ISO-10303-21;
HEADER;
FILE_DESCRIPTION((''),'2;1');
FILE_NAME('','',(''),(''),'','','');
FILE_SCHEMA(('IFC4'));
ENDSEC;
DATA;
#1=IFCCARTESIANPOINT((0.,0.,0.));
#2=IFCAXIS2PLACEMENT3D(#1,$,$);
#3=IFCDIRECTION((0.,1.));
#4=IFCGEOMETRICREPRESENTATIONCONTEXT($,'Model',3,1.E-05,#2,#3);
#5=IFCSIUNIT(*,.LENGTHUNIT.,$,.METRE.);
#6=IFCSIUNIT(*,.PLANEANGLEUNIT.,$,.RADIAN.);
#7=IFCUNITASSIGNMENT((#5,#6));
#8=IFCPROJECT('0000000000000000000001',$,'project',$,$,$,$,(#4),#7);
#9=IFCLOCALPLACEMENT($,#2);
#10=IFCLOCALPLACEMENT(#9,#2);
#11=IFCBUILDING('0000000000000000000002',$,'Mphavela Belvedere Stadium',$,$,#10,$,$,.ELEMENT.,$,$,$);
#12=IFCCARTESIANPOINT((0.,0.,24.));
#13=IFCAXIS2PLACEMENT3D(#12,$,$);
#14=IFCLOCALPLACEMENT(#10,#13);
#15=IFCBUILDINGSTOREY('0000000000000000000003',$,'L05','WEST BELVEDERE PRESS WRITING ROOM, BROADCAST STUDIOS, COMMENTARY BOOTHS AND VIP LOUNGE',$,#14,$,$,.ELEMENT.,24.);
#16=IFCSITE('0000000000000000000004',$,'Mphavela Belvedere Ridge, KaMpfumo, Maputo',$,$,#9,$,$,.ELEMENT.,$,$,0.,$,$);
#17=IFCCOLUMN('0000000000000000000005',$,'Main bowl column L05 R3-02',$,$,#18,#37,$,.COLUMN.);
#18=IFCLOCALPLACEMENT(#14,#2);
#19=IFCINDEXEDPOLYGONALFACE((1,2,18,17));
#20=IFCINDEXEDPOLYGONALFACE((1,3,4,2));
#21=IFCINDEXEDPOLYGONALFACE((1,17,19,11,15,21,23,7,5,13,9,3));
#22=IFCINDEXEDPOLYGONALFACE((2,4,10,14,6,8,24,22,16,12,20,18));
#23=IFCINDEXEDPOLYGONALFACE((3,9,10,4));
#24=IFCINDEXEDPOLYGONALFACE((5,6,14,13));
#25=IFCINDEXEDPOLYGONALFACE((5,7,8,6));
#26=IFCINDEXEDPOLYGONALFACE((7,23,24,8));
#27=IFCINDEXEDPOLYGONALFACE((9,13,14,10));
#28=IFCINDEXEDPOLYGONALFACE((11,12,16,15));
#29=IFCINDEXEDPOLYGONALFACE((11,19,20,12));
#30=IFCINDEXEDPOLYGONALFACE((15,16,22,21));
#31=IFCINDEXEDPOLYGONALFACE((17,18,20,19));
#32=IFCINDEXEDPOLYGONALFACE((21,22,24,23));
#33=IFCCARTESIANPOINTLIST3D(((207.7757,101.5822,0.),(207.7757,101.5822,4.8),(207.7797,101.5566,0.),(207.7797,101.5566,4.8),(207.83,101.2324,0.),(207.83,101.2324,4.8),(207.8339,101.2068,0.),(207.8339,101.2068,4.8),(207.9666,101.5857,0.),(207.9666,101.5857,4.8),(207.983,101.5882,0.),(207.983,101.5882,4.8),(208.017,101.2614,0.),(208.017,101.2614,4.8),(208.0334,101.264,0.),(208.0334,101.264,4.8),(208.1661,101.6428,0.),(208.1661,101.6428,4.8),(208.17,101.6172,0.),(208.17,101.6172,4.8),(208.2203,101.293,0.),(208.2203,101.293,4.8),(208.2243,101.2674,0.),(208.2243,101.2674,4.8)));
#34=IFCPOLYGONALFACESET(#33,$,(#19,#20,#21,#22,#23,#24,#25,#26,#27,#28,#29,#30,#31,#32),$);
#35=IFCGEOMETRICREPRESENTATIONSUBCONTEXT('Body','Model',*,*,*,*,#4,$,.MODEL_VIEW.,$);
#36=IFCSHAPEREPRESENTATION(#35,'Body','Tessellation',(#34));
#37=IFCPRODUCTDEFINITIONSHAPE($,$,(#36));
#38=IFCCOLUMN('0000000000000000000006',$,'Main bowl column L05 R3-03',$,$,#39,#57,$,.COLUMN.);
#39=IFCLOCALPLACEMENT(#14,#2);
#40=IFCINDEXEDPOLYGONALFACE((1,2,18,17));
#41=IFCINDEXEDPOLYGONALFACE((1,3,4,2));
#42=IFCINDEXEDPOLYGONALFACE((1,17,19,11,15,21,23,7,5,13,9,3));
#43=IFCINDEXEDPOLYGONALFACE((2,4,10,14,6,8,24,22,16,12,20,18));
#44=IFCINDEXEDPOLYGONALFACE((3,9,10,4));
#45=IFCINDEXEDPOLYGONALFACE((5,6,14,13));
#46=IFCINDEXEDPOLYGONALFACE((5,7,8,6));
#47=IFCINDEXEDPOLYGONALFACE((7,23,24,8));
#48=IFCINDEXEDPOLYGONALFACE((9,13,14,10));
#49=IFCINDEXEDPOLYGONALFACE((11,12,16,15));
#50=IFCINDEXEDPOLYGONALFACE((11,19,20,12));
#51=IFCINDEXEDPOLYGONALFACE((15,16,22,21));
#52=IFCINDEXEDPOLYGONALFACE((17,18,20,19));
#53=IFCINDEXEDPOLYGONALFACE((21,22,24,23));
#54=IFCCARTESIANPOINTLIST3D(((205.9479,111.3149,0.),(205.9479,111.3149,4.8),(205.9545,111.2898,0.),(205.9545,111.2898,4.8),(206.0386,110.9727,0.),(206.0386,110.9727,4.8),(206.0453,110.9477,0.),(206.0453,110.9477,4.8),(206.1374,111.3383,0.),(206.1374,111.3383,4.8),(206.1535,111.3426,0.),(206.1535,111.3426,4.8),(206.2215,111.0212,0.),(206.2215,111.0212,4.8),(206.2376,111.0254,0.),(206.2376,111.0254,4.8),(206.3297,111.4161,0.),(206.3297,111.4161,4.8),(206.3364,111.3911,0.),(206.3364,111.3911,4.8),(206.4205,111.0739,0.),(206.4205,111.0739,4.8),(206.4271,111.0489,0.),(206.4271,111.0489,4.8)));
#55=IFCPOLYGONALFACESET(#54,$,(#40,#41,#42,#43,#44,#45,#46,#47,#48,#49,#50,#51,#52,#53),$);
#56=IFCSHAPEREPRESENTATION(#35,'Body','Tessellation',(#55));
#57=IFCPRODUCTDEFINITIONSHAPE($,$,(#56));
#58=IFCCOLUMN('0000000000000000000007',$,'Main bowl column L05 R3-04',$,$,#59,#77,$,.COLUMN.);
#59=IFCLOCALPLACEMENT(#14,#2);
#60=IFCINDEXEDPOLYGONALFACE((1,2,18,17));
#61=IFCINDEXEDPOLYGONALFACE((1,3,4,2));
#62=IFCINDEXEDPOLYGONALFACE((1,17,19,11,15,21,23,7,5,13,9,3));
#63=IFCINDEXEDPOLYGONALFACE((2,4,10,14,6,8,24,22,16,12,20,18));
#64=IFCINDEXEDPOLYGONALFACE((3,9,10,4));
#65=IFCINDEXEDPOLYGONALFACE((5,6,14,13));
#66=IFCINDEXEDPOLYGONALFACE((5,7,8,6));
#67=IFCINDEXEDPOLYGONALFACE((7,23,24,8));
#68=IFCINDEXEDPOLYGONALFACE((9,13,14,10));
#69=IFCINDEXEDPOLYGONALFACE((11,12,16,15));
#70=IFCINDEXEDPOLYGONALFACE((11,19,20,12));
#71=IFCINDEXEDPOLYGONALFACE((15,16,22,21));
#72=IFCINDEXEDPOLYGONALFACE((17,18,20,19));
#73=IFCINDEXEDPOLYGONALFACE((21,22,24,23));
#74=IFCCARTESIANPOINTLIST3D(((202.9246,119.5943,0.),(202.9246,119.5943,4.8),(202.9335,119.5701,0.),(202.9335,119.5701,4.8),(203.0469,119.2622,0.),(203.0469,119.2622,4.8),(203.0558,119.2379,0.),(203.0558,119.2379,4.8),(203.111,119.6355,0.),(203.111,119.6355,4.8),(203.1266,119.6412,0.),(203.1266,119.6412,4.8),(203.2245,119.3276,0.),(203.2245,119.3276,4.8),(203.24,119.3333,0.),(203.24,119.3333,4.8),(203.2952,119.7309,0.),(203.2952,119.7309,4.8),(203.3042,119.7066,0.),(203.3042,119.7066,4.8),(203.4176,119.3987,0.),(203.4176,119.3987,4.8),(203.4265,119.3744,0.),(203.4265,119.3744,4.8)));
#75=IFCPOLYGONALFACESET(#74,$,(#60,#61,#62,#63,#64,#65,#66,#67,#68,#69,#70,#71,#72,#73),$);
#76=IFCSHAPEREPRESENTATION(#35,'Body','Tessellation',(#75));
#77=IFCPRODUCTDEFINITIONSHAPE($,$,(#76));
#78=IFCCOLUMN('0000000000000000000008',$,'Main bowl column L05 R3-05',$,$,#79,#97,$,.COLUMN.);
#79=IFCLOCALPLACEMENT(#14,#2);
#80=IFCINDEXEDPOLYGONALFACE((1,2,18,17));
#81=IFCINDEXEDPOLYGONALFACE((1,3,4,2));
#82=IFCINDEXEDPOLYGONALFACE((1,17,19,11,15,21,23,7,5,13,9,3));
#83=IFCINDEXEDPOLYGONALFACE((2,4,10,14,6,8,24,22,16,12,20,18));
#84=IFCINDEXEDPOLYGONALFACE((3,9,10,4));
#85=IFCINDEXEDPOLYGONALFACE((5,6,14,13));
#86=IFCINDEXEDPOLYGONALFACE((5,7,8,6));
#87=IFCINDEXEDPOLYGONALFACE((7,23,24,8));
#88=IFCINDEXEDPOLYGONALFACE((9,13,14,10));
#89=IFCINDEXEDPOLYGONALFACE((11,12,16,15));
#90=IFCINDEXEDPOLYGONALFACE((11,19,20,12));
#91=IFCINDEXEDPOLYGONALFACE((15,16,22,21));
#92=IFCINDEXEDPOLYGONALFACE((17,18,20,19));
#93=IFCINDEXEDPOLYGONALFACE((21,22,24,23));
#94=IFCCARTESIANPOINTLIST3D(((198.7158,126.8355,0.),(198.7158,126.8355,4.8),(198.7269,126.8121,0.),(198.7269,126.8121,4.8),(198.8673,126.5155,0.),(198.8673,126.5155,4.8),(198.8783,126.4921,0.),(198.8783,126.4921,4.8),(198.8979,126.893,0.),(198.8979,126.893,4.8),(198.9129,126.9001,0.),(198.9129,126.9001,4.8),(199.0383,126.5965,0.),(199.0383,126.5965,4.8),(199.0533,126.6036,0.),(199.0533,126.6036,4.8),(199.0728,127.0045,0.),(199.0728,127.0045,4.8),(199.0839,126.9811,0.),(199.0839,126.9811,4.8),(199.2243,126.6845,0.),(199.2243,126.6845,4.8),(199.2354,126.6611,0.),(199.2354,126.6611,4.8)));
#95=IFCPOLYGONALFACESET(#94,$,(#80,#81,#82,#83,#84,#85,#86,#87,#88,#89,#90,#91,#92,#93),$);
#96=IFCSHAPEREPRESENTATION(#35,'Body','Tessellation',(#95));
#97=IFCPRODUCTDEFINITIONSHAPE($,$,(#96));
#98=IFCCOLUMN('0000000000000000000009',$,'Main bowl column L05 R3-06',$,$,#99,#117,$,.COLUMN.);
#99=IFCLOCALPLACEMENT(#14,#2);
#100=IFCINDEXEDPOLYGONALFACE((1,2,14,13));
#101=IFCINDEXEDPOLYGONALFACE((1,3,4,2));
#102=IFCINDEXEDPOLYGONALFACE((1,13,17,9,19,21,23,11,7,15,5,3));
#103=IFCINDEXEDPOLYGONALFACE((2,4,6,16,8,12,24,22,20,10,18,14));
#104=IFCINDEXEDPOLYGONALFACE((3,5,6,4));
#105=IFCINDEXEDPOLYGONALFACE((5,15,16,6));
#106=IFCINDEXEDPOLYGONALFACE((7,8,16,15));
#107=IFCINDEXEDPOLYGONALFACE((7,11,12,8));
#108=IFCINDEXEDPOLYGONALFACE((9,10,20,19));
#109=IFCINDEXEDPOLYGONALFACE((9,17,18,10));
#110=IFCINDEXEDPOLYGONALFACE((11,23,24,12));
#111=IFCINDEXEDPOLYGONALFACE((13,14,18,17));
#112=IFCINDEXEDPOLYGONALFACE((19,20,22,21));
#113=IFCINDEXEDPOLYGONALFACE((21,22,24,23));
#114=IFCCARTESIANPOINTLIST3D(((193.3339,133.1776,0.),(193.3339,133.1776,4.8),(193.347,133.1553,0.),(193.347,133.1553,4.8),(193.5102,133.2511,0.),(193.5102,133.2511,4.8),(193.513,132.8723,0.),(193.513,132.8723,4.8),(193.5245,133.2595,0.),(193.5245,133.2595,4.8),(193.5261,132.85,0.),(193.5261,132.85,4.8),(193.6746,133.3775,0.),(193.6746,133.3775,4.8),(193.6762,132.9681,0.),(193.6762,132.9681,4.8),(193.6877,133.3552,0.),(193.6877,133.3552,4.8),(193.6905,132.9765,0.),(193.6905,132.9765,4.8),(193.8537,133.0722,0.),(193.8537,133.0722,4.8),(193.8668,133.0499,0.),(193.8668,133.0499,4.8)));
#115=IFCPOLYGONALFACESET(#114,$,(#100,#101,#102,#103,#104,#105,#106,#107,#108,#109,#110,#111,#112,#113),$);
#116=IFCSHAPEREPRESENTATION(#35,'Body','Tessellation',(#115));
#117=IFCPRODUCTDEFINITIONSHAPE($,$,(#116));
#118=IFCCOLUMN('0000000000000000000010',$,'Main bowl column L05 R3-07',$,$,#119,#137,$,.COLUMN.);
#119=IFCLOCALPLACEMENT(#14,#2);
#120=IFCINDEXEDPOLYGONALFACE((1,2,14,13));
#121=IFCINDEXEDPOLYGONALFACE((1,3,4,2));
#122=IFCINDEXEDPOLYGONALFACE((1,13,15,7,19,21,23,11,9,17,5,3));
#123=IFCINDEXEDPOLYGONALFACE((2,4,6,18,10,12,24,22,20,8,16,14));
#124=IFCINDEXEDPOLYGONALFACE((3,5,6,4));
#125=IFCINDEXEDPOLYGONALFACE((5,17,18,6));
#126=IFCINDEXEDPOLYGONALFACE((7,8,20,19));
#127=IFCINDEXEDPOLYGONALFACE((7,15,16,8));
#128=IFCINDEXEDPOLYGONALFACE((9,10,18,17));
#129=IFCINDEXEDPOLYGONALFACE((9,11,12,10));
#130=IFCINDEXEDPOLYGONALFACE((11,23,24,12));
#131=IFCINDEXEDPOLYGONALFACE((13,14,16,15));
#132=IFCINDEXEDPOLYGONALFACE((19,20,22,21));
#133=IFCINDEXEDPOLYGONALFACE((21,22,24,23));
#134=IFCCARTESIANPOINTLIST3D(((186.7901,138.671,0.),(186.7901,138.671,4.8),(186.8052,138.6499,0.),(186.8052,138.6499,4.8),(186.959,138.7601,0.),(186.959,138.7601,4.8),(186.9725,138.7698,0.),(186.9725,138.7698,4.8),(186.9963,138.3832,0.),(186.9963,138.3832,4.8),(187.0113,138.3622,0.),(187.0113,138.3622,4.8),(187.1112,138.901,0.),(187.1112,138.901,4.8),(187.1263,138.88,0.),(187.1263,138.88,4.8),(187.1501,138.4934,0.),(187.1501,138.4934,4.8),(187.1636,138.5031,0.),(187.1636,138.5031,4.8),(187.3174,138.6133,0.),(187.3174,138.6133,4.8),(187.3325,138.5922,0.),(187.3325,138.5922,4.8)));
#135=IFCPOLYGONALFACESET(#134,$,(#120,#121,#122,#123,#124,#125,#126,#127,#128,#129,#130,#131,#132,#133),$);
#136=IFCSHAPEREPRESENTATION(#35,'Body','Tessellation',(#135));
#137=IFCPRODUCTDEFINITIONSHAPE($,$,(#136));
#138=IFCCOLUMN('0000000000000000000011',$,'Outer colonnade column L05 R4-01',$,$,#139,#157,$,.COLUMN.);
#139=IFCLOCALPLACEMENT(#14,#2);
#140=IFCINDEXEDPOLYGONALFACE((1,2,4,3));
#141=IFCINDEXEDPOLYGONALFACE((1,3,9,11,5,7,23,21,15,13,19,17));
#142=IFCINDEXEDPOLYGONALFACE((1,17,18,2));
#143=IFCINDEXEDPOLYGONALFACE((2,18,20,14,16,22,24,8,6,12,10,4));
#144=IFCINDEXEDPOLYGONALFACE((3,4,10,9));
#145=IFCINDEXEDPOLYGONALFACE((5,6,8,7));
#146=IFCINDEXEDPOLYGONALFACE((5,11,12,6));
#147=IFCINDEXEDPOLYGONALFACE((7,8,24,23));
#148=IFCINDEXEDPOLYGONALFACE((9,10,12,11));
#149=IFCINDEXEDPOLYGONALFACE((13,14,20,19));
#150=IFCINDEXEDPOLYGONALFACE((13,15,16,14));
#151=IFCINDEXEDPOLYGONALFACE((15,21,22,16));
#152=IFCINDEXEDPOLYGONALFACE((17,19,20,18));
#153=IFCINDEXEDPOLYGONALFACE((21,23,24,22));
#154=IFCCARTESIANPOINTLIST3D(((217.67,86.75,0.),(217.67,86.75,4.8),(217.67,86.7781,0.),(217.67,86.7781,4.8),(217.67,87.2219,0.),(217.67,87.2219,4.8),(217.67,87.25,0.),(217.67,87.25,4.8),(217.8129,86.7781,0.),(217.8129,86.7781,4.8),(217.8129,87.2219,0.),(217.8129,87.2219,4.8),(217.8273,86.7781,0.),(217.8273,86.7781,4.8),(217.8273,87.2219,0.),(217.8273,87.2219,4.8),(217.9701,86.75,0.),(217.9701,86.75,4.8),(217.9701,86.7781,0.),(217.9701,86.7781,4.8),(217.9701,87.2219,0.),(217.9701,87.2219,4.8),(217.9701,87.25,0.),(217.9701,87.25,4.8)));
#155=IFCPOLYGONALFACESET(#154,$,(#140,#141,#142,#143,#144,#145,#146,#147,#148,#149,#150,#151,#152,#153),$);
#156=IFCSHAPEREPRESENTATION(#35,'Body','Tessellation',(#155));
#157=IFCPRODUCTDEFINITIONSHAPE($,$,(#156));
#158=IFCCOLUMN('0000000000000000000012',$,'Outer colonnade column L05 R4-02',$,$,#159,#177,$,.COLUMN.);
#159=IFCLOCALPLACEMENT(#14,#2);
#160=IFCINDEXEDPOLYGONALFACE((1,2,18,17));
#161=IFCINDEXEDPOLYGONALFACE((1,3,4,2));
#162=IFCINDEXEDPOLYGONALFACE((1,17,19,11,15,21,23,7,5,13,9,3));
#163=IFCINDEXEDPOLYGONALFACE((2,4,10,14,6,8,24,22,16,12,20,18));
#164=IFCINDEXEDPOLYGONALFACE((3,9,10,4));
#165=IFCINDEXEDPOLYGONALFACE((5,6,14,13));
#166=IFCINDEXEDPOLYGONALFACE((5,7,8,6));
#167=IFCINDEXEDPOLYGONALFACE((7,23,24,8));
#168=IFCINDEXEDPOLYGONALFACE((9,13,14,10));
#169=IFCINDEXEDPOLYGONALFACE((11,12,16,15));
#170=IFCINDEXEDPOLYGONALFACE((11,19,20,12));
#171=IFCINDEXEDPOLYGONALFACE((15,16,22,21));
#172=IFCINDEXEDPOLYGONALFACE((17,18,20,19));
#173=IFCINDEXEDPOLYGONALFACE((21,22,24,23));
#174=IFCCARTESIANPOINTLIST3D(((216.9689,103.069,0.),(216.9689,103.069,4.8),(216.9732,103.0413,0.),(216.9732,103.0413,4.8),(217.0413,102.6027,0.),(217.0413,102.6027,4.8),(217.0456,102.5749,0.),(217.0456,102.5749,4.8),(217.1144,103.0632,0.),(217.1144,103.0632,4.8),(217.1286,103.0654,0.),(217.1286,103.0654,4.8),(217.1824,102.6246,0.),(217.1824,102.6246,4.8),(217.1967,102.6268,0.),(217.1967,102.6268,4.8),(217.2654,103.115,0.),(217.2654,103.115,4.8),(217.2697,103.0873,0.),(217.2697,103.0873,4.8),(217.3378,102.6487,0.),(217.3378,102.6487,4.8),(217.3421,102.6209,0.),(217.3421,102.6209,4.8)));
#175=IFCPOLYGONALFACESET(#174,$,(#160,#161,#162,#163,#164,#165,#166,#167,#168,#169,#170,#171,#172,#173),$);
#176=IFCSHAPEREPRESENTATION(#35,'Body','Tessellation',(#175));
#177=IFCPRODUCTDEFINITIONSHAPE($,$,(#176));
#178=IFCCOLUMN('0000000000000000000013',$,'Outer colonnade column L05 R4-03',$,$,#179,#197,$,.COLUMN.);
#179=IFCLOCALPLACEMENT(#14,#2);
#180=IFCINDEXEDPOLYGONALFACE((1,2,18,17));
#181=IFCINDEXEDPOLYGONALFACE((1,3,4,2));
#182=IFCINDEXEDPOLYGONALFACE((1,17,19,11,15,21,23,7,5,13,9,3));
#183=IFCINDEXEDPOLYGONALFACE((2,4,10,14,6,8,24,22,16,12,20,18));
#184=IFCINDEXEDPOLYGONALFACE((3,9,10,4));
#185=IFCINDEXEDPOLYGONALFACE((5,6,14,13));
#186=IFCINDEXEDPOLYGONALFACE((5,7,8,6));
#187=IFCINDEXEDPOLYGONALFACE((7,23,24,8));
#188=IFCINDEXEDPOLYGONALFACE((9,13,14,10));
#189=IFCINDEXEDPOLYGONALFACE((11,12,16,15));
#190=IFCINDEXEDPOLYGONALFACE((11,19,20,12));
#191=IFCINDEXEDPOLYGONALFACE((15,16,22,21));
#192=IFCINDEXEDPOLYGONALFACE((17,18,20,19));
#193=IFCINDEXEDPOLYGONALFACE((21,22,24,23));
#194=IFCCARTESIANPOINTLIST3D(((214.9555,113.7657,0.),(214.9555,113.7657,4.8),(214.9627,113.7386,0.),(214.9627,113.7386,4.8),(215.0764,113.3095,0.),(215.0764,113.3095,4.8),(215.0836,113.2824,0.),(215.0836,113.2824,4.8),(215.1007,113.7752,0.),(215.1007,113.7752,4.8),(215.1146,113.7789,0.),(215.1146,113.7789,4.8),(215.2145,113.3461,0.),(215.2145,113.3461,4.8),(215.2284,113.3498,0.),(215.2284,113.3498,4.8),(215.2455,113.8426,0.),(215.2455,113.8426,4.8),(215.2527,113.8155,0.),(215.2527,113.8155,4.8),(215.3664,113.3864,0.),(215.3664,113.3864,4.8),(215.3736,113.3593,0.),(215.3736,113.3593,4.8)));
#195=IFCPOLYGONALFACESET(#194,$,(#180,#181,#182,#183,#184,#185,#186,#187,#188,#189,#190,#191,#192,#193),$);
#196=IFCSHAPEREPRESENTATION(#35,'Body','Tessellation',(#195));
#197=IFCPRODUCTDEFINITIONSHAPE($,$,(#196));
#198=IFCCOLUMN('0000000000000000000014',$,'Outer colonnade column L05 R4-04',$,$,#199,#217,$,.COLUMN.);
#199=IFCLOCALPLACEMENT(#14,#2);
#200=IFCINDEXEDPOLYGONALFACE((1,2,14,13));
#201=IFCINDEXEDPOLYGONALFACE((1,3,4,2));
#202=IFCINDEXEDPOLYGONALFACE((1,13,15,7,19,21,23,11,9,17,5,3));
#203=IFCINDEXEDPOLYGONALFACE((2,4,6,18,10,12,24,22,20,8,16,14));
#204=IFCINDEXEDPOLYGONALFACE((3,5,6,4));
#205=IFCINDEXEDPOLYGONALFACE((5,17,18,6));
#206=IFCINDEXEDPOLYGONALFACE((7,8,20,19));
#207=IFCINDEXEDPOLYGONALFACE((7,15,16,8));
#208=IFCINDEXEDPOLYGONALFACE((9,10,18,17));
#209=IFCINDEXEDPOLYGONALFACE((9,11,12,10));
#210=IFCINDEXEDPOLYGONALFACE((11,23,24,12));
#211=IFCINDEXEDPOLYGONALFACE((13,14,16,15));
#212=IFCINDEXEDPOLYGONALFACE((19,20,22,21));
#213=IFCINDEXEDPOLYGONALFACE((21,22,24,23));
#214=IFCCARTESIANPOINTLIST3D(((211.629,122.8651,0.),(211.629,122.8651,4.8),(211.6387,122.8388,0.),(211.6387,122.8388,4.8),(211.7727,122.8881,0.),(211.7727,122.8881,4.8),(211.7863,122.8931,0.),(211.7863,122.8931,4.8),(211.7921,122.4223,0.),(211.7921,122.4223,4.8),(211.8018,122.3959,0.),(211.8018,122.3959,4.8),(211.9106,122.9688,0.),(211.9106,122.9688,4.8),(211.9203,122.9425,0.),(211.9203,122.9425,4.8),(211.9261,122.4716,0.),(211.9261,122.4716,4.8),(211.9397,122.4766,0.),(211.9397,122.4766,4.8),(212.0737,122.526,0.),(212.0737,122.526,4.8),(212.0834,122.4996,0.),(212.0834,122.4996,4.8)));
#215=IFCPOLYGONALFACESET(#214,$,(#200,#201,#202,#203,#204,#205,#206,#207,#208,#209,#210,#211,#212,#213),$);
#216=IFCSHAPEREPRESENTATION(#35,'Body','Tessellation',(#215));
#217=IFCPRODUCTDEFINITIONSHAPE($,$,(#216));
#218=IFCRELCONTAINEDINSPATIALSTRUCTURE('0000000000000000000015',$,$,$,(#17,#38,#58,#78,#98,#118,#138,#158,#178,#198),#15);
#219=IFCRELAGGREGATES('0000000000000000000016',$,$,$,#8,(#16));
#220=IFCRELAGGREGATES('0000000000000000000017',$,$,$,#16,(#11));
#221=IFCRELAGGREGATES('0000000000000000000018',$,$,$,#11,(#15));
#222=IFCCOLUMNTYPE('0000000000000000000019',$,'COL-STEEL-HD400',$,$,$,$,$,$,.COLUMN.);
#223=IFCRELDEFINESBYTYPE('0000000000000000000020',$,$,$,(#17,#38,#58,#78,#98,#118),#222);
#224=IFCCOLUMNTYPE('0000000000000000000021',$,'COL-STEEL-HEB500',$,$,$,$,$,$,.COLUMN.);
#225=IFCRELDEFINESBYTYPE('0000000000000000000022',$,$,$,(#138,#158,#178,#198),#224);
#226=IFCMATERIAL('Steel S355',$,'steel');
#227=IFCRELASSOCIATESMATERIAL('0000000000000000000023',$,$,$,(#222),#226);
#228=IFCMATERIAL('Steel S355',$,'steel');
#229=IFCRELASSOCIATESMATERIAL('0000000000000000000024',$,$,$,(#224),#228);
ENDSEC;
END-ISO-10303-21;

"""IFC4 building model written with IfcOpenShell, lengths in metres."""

from ifc_helpers import new_model, si_unit, direction, frame, origin, origin_2d, place, context, subcontext, project, spatial, i_section, extrude, material, material_profile, profile_set, type_object, element, save


model = new_model("IFC4")

# Units and contexts
model_context = context("Model", 3, precision=1e-05, world=origin(), true_north=direction((0.0, 1.0)))
body_context = subcontext(model_context, "Body", "Model", "MODEL_VIEW")
ifc_project = project(units=[si_unit("LENGTHUNIT", "METRE"), si_unit("PLANEANGLEUNIT", "RADIAN")], contexts=[model_context])

# Site, building, storey
site_placement = place(None, origin())
site = spatial("IfcSite", under=ifc_project, at=site_placement, Name="Mphavela Belvedere Ridge, KaMpfumo, Maputo", CompositionType="ELEMENT", RefElevation=0.0)
building_placement = place(site_placement, origin())
building = spatial("IfcBuilding", under=site, at=building_placement, Name="Mphavela Belvedere Stadium", CompositionType="ELEMENT")
storey_placement = place(building_placement, frame((0.0, 0.0, 24.0)))
storey = spatial("IfcBuildingStorey", under=building, at=storey_placement, Name="L05", Description="WEST BELVEDERE PRESS WRITING ROOM, BROADCAST STUDIOS, COMMENTARY BOOTHS AND VIP LOUNGE", CompositionType="ELEMENT", Elevation=24.0)

# Columns
ifc_material_1 = material(Name="Steel S355", Category="steel")
ifc_material_profile_1 = material_profile(ifc_material_1, i_section(OverallWidth=0.395, OverallDepth=0.3799, WebThickness=0.0166, FlangeThickness=0.0259, at=origin_2d()), Name="HD 400x237")
ifc_profile_set_1 = profile_set([ifc_material_profile_1], Name="Steel S355")
column_type_1 = type_object("IfcColumnType", Name="COL-STEEL-HD400", PredefinedType="COLUMN", material=ifc_profile_set_1)
for number, where, z_axis, x_axis, name in (
    (1, (208.0, 101.4248, 0.0), (0.0, 0.0, 1.0), (0.988175, 0.153331, 0.0), "Main bowl column L05 R3-02"),
    (2, (206.1875, 111.1819, 0.0), (0.0, 0.0, 1.0), (0.9666, 0.256289, 0.0), "Main bowl column L05 R3-03"),
    (3, (203.1755, 119.4844, 0.0), (0.0, 0.0, 1.0), (0.938372, 0.345626, 0.0), "Main bowl column L05 R3-04"),
    (4, (198.9756, 126.7483, 0.0), (0.0, 0.0, 1.0), (0.903859, 0.427831, 0.0), "Main bowl column L05 R3-05"),
    (5, (193.6003, 133.1138, 0.0), (0.0, 0.0, 1.0), (0.862514, 0.506034, 0.0), "Main bowl column L05 R3-06"),
    (6, (187.0613, 138.6316, 0.0), (0.0, 0.0, 1.0), (0.812898, 0.582407, 0.0), "Main bowl column L05 R3-07"),
):
    element("IfcColumn", number, at=place(storey_placement, frame(where, z_axis=z_axis, x_axis=x_axis)), inside=storey, type_object=column_type_1, Name=name, PredefinedType="COLUMN", context=body_context, shape_type="SweptSolid", body=[
        extrude(i_section(OverallWidth=0.395, OverallDepth=0.3799, WebThickness=0.0166, FlangeThickness=0.0259, at=origin_2d()), origin(), (0.0, 0.0, 1.0), 4.8),
    ])
ifc_material_2 = material(Name="Steel S355", Category="steel")
ifc_material_profile_2 = material_profile(ifc_material_2, i_section(OverallWidth=0.3, OverallDepth=0.5, WebThickness=0.0144, FlangeThickness=0.0281, at=origin_2d()), Name="HEB 500")
ifc_profile_set_2 = profile_set([ifc_material_profile_2], Name="Steel S355")
column_type_2 = type_object("IfcColumnType", Name="COL-STEEL-HEB500", PredefinedType="COLUMN", material=ifc_profile_set_2)
for number, where, z_axis, x_axis, name in (
    (7, (217.8201, 87.0, 0.0), (0.0, 0.0, 1.0), (1.0, 0.0, 0.0), "Outer colonnade column L05 R4-01"),
    (8, (217.1555, 102.845, 0.0), (0.0, 0.0, 1.0), (0.988175, 0.153331, 0.0), "Outer colonnade column L05 R4-02"),
    (9, (215.1646, 113.5625, 0.0), (0.0, 0.0, 1.0), (0.9666, 0.256289, 0.0), "Outer colonnade column L05 R4-03"),
    (10, (211.8562, 122.6824, 0.0), (0.0, 0.0, 1.0), (0.938372, 0.345626, 0.0), "Outer colonnade column L05 R4-04"),
):
    element("IfcColumn", number, at=place(storey_placement, frame(where, z_axis=z_axis, x_axis=x_axis)), inside=storey, type_object=column_type_2, Name=name, PredefinedType="COLUMN", context=body_context, shape_type="SweptSolid", body=[
        extrude(i_section(OverallWidth=0.3, OverallDepth=0.5, WebThickness=0.0144, FlangeThickness=0.0281, at=origin_2d()), origin(), (0.0, 0.0, 1.0), 4.8),
    ])

save(model, "model.ifc")
